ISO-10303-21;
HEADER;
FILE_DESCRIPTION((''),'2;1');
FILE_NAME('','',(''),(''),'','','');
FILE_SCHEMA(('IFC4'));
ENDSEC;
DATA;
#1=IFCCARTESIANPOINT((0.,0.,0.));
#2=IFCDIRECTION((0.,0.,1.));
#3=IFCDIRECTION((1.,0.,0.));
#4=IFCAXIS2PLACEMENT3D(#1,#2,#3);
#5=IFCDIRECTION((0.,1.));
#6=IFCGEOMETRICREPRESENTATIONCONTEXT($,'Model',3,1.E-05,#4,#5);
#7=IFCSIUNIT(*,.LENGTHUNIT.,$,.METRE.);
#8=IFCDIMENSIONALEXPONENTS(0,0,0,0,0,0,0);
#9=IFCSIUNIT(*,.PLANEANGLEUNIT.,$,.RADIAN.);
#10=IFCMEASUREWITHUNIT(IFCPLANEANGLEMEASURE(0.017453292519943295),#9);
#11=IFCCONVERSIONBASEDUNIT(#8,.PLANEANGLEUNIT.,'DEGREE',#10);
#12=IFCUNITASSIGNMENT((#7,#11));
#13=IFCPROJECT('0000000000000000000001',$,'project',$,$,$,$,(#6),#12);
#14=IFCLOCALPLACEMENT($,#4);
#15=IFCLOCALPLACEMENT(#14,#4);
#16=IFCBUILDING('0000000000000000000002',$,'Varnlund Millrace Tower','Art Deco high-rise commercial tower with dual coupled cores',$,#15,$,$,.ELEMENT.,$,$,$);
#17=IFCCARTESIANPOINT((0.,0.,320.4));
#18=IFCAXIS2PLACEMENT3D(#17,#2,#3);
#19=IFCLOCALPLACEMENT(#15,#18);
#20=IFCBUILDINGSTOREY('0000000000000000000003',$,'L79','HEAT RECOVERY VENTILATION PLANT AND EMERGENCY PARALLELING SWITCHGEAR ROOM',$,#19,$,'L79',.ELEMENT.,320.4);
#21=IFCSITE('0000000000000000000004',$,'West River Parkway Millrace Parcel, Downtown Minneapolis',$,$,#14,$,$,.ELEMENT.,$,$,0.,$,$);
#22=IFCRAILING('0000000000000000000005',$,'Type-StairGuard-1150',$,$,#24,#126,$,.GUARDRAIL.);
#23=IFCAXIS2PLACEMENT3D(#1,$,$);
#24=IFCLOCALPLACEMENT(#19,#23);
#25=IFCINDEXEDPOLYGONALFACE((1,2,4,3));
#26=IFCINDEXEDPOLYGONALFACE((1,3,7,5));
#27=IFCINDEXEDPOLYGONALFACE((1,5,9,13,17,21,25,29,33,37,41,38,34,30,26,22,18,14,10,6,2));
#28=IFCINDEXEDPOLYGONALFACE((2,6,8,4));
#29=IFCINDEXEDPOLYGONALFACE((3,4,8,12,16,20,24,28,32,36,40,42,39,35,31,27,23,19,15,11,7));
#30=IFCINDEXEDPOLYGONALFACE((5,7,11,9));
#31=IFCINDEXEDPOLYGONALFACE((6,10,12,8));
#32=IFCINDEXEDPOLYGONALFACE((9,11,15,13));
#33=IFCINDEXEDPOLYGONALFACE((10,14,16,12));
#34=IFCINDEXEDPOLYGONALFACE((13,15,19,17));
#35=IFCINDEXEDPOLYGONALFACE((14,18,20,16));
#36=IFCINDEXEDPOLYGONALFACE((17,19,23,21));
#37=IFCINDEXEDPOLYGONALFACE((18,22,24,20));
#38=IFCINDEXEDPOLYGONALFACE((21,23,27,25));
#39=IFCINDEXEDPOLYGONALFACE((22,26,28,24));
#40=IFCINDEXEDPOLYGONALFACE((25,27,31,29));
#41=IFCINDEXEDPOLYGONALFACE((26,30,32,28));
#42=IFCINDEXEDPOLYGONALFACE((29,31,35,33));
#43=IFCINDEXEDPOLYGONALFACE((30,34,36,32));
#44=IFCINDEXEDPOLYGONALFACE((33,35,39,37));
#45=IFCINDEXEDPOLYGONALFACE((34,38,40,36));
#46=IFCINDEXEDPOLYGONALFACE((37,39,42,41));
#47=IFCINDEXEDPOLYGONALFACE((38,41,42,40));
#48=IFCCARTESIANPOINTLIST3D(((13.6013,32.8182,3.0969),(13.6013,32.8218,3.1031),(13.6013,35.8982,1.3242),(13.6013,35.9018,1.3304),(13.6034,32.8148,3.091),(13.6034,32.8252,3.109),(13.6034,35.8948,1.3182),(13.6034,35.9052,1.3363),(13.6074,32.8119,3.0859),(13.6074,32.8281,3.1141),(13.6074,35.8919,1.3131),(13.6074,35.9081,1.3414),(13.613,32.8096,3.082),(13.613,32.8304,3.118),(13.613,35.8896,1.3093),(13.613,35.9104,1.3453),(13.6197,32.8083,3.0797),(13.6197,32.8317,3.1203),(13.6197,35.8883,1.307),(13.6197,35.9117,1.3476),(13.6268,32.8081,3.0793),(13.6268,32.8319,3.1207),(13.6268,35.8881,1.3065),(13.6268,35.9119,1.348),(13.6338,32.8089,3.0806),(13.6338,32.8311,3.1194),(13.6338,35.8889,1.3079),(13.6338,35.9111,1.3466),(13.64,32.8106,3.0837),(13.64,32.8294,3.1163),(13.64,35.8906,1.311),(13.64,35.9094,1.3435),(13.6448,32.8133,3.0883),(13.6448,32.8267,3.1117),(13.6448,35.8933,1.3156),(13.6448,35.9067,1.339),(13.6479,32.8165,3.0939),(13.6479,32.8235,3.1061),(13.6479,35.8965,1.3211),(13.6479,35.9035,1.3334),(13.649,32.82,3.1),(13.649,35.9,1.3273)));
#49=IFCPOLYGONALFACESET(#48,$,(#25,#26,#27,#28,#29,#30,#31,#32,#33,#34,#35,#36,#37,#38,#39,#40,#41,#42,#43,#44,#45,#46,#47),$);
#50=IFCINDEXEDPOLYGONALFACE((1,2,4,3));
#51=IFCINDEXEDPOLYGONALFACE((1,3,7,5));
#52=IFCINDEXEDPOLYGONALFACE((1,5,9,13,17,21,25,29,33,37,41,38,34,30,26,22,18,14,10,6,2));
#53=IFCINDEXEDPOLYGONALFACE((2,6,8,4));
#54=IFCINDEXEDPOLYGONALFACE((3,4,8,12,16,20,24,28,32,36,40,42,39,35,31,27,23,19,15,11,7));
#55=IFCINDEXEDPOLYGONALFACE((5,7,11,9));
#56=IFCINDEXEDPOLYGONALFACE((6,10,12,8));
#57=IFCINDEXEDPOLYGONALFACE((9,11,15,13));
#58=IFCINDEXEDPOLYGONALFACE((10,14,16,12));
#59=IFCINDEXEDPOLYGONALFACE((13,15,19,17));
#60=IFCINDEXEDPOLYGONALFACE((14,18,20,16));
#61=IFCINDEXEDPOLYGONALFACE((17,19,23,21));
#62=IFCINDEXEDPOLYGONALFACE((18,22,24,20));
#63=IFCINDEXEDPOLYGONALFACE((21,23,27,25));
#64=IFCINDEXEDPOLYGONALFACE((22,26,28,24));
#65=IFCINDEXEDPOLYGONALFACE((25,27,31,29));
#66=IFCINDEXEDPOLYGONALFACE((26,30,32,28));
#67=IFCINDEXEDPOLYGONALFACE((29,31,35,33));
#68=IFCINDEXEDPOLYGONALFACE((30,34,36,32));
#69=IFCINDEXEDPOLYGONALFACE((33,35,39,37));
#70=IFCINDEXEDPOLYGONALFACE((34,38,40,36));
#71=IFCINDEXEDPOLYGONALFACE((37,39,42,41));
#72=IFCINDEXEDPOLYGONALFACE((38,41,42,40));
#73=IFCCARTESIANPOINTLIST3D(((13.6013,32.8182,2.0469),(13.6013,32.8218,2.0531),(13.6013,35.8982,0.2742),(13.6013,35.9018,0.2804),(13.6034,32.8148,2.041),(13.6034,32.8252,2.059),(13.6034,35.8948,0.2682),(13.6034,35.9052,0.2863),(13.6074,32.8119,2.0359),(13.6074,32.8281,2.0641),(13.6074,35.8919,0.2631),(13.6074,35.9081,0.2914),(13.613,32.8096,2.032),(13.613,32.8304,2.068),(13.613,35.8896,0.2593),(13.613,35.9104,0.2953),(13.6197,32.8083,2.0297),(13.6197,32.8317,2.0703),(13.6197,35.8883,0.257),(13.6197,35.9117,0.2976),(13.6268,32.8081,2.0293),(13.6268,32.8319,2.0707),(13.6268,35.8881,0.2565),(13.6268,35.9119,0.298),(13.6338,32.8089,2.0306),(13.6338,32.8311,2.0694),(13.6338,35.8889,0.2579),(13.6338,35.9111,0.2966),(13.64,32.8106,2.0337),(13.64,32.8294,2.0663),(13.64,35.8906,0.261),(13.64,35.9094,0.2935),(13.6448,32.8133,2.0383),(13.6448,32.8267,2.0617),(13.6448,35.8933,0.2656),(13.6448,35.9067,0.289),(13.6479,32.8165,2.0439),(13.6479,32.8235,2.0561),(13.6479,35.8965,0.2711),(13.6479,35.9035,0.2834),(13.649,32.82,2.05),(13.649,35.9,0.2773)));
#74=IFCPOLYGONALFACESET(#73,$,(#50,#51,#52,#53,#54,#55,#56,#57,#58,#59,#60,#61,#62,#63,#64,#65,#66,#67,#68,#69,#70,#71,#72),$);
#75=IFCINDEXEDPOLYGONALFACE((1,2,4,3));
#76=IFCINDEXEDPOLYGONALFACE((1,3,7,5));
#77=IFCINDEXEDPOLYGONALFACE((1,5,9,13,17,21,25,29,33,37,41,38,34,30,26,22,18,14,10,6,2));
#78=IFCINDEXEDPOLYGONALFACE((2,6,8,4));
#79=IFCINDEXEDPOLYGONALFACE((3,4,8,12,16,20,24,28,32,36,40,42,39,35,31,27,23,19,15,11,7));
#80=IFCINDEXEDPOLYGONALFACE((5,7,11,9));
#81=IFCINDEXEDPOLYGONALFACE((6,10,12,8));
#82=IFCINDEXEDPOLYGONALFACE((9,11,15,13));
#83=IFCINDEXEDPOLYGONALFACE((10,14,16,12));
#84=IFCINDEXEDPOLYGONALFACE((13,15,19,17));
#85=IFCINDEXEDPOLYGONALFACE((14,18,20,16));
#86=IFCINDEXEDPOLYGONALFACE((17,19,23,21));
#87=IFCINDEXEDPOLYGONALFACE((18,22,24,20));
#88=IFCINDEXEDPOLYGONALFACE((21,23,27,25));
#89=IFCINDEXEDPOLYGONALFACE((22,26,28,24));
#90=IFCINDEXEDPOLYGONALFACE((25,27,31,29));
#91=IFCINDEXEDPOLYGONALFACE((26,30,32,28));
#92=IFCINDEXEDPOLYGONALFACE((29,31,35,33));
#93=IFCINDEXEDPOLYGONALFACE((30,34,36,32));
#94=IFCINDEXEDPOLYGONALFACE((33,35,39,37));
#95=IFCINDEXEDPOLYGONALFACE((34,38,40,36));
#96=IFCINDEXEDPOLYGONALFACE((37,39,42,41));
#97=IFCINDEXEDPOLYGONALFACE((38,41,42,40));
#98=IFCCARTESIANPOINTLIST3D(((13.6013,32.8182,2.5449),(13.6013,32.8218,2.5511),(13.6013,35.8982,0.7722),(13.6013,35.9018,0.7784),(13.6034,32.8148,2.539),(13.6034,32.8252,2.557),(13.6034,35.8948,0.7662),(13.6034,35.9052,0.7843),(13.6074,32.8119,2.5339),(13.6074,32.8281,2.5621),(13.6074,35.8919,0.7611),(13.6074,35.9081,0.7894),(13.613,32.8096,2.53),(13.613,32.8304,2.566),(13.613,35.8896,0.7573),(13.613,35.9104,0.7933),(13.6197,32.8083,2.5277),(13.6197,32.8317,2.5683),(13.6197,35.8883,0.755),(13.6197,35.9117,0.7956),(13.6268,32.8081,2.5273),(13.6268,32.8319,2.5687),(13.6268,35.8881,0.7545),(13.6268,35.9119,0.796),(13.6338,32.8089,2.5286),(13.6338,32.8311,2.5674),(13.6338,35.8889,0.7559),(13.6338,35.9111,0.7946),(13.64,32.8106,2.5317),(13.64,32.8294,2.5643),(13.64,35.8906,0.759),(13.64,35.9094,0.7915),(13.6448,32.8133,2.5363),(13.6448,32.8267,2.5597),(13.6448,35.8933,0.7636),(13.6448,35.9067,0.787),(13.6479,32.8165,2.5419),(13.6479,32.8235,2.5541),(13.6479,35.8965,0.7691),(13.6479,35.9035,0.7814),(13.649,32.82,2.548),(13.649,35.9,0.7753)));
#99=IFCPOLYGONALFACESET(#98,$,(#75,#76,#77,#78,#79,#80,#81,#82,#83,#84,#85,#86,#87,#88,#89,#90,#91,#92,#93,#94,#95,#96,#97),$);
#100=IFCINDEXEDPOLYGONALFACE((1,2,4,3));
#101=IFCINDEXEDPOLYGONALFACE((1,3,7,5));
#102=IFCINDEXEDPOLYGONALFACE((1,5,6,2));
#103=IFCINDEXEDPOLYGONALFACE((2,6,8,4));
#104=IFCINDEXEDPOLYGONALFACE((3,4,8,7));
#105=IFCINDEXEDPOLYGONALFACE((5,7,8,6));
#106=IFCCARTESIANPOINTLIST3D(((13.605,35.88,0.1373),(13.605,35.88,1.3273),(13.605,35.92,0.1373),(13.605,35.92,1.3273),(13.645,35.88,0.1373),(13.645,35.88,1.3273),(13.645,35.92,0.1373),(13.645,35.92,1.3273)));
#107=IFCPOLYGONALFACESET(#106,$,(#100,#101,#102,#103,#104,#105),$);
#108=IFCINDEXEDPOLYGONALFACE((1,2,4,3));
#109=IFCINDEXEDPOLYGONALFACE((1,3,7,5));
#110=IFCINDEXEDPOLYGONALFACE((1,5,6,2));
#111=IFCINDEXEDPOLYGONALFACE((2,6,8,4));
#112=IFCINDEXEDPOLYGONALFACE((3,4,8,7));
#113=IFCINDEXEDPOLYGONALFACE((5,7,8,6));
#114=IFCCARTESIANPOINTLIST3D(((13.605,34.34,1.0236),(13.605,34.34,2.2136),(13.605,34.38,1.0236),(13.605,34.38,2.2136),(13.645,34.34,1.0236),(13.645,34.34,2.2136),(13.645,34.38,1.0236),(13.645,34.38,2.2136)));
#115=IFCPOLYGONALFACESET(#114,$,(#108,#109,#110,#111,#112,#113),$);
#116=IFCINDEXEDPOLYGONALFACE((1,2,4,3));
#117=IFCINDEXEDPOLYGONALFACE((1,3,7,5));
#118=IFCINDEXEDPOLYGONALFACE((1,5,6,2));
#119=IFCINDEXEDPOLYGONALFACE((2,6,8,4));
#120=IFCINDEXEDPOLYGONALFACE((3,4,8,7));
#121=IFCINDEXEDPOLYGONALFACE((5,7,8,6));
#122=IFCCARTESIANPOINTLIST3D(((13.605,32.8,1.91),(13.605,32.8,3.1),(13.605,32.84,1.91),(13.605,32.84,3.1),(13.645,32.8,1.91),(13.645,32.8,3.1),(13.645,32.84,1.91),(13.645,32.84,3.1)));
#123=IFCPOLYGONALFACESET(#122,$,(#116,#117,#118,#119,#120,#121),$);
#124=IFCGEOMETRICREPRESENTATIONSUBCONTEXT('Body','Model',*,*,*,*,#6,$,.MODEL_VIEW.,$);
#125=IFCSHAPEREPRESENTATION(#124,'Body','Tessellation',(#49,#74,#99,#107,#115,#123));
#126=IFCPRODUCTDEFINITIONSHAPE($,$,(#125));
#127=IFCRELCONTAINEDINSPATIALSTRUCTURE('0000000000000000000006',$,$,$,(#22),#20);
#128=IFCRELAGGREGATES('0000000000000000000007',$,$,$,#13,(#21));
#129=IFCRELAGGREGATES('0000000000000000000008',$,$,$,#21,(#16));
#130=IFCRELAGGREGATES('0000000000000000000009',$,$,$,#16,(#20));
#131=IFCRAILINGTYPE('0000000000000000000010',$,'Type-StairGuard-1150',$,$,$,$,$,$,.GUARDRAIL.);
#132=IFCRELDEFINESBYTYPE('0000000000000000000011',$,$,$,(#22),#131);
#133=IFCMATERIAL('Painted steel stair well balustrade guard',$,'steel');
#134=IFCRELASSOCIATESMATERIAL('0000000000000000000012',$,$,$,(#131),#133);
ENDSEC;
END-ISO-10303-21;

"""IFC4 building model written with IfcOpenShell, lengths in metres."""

from ifc_helpers import new_model, entity, si_unit, converted_unit, direction, frame, origin_with_axes, origin_2d_with_axis, place, context, subcontext, project, spatial, rectangle, circle, extrude, material, type_object, element, save


model = new_model("IFC4")

# Units and contexts
model_context = context("Model", 3, precision=1e-05, world=origin_with_axes(), true_north=direction((0.0, 1.0)))
body_context = subcontext(model_context, "Body", "Model", "MODEL_VIEW")
ifc_project = project(units=[si_unit("LENGTHUNIT", "METRE"), converted_unit("PLANEANGLEUNIT", "DEGREE", entity("IfcPlaneAngleMeasure", 0.017453292519943295), si_unit("PLANEANGLEUNIT", "RADIAN"), dimensions=[0, 0, 0, 0, 0, 0, 0])], contexts=[model_context])

# Site, building, storey
site_placement = place(None, origin_with_axes())
site = spatial("IfcSite", under=ifc_project, at=site_placement, Name="West River Parkway Millrace Parcel, Downtown Minneapolis", CompositionType="ELEMENT", RefElevation=0.0)
building_placement = place(site_placement, origin_with_axes())
building = spatial("IfcBuilding", under=site, at=building_placement, Name="Varnlund Millrace Tower", Description="Art Deco high-rise commercial tower with dual coupled cores", CompositionType="ELEMENT")
storey_placement = place(building_placement, frame((0.0, 0.0, 320.4), z_axis=(0.0, 0.0, 1.0), x_axis=(1.0, 0.0, 0.0)))
storey = spatial("IfcBuildingStorey", under=building, at=storey_placement, Name="L79", Description="HEAT RECOVERY VENTILATION PLANT AND EMERGENCY PARALLELING SWITCHGEAR ROOM", LongName="L79", CompositionType="ELEMENT", Elevation=320.4)

# Railing
ifc_material_1 = material(Name="Painted steel stair well balustrade guard", Category="steel")
railing_type_1 = type_object("IfcRailingType", Name="Type-StairGuard-1150", PredefinedType="GUARDRAIL", material=ifc_material_1)
railing_1_placement = place(storey_placement, frame((0.0, 0.0, -320.4), z_axis=(0.0, 0.0, 1.0), x_axis=(1.0, 0.0, 0.0)))
element("IfcRailing", 1, at=railing_1_placement, inside=storey, type_object=railing_type_1, Name="Type-StairGuard-1150", PredefinedType="GUARDRAIL", context=body_context, shape_type="SweptSolid", body=[
    extrude(circle(Radius=0.024, at=origin_2d_with_axis()), frame((13.625, 35.9, 321.7273), z_axis=(0.0, -0.866696, 0.498836), x_axis=(1.0, 0.0, 0.0)), (0.0, 0.0, 1.0), 3.5537),
    extrude(circle(Radius=0.024, at=origin_2d_with_axis()), frame((13.625, 35.9, 320.6773), z_axis=(0.0, -0.866696, 0.498836), x_axis=(1.0, 0.0, 0.0)), (0.0, 0.0, 1.0), 3.5537),
    extrude(circle(Radius=0.024, at=origin_2d_with_axis()), frame((13.625, 35.9, 321.1753), z_axis=(0.0, -0.866696, 0.498836), x_axis=(1.0, 0.0, 0.0)), (0.0, 0.0, 1.0), 3.5537),
    extrude(rectangle(XDim=0.04, YDim=0.04, at=origin_2d_with_axis()), frame((13.625, 35.9, 320.5373), z_axis=(0.0, 0.0, 1.0), x_axis=(1.0, 0.0, 0.0)), (0.0, 0.0, 1.0), 1.19),
    extrude(rectangle(XDim=0.04, YDim=0.04, at=origin_2d_with_axis()), frame((13.625, 34.36, 321.4236), z_axis=(0.0, 0.0, 1.0), x_axis=(1.0, 0.0, 0.0)), (0.0, 0.0, 1.0), 1.19),
    extrude(rectangle(XDim=0.04, YDim=0.04, at=origin_2d_with_axis()), frame((13.625, 32.82, 322.31), z_axis=(0.0, 0.0, 1.0), x_axis=(1.0, 0.0, 0.0)), (0.0, 0.0, 1.0), 1.19),
])

save(model, "model.ifc")
